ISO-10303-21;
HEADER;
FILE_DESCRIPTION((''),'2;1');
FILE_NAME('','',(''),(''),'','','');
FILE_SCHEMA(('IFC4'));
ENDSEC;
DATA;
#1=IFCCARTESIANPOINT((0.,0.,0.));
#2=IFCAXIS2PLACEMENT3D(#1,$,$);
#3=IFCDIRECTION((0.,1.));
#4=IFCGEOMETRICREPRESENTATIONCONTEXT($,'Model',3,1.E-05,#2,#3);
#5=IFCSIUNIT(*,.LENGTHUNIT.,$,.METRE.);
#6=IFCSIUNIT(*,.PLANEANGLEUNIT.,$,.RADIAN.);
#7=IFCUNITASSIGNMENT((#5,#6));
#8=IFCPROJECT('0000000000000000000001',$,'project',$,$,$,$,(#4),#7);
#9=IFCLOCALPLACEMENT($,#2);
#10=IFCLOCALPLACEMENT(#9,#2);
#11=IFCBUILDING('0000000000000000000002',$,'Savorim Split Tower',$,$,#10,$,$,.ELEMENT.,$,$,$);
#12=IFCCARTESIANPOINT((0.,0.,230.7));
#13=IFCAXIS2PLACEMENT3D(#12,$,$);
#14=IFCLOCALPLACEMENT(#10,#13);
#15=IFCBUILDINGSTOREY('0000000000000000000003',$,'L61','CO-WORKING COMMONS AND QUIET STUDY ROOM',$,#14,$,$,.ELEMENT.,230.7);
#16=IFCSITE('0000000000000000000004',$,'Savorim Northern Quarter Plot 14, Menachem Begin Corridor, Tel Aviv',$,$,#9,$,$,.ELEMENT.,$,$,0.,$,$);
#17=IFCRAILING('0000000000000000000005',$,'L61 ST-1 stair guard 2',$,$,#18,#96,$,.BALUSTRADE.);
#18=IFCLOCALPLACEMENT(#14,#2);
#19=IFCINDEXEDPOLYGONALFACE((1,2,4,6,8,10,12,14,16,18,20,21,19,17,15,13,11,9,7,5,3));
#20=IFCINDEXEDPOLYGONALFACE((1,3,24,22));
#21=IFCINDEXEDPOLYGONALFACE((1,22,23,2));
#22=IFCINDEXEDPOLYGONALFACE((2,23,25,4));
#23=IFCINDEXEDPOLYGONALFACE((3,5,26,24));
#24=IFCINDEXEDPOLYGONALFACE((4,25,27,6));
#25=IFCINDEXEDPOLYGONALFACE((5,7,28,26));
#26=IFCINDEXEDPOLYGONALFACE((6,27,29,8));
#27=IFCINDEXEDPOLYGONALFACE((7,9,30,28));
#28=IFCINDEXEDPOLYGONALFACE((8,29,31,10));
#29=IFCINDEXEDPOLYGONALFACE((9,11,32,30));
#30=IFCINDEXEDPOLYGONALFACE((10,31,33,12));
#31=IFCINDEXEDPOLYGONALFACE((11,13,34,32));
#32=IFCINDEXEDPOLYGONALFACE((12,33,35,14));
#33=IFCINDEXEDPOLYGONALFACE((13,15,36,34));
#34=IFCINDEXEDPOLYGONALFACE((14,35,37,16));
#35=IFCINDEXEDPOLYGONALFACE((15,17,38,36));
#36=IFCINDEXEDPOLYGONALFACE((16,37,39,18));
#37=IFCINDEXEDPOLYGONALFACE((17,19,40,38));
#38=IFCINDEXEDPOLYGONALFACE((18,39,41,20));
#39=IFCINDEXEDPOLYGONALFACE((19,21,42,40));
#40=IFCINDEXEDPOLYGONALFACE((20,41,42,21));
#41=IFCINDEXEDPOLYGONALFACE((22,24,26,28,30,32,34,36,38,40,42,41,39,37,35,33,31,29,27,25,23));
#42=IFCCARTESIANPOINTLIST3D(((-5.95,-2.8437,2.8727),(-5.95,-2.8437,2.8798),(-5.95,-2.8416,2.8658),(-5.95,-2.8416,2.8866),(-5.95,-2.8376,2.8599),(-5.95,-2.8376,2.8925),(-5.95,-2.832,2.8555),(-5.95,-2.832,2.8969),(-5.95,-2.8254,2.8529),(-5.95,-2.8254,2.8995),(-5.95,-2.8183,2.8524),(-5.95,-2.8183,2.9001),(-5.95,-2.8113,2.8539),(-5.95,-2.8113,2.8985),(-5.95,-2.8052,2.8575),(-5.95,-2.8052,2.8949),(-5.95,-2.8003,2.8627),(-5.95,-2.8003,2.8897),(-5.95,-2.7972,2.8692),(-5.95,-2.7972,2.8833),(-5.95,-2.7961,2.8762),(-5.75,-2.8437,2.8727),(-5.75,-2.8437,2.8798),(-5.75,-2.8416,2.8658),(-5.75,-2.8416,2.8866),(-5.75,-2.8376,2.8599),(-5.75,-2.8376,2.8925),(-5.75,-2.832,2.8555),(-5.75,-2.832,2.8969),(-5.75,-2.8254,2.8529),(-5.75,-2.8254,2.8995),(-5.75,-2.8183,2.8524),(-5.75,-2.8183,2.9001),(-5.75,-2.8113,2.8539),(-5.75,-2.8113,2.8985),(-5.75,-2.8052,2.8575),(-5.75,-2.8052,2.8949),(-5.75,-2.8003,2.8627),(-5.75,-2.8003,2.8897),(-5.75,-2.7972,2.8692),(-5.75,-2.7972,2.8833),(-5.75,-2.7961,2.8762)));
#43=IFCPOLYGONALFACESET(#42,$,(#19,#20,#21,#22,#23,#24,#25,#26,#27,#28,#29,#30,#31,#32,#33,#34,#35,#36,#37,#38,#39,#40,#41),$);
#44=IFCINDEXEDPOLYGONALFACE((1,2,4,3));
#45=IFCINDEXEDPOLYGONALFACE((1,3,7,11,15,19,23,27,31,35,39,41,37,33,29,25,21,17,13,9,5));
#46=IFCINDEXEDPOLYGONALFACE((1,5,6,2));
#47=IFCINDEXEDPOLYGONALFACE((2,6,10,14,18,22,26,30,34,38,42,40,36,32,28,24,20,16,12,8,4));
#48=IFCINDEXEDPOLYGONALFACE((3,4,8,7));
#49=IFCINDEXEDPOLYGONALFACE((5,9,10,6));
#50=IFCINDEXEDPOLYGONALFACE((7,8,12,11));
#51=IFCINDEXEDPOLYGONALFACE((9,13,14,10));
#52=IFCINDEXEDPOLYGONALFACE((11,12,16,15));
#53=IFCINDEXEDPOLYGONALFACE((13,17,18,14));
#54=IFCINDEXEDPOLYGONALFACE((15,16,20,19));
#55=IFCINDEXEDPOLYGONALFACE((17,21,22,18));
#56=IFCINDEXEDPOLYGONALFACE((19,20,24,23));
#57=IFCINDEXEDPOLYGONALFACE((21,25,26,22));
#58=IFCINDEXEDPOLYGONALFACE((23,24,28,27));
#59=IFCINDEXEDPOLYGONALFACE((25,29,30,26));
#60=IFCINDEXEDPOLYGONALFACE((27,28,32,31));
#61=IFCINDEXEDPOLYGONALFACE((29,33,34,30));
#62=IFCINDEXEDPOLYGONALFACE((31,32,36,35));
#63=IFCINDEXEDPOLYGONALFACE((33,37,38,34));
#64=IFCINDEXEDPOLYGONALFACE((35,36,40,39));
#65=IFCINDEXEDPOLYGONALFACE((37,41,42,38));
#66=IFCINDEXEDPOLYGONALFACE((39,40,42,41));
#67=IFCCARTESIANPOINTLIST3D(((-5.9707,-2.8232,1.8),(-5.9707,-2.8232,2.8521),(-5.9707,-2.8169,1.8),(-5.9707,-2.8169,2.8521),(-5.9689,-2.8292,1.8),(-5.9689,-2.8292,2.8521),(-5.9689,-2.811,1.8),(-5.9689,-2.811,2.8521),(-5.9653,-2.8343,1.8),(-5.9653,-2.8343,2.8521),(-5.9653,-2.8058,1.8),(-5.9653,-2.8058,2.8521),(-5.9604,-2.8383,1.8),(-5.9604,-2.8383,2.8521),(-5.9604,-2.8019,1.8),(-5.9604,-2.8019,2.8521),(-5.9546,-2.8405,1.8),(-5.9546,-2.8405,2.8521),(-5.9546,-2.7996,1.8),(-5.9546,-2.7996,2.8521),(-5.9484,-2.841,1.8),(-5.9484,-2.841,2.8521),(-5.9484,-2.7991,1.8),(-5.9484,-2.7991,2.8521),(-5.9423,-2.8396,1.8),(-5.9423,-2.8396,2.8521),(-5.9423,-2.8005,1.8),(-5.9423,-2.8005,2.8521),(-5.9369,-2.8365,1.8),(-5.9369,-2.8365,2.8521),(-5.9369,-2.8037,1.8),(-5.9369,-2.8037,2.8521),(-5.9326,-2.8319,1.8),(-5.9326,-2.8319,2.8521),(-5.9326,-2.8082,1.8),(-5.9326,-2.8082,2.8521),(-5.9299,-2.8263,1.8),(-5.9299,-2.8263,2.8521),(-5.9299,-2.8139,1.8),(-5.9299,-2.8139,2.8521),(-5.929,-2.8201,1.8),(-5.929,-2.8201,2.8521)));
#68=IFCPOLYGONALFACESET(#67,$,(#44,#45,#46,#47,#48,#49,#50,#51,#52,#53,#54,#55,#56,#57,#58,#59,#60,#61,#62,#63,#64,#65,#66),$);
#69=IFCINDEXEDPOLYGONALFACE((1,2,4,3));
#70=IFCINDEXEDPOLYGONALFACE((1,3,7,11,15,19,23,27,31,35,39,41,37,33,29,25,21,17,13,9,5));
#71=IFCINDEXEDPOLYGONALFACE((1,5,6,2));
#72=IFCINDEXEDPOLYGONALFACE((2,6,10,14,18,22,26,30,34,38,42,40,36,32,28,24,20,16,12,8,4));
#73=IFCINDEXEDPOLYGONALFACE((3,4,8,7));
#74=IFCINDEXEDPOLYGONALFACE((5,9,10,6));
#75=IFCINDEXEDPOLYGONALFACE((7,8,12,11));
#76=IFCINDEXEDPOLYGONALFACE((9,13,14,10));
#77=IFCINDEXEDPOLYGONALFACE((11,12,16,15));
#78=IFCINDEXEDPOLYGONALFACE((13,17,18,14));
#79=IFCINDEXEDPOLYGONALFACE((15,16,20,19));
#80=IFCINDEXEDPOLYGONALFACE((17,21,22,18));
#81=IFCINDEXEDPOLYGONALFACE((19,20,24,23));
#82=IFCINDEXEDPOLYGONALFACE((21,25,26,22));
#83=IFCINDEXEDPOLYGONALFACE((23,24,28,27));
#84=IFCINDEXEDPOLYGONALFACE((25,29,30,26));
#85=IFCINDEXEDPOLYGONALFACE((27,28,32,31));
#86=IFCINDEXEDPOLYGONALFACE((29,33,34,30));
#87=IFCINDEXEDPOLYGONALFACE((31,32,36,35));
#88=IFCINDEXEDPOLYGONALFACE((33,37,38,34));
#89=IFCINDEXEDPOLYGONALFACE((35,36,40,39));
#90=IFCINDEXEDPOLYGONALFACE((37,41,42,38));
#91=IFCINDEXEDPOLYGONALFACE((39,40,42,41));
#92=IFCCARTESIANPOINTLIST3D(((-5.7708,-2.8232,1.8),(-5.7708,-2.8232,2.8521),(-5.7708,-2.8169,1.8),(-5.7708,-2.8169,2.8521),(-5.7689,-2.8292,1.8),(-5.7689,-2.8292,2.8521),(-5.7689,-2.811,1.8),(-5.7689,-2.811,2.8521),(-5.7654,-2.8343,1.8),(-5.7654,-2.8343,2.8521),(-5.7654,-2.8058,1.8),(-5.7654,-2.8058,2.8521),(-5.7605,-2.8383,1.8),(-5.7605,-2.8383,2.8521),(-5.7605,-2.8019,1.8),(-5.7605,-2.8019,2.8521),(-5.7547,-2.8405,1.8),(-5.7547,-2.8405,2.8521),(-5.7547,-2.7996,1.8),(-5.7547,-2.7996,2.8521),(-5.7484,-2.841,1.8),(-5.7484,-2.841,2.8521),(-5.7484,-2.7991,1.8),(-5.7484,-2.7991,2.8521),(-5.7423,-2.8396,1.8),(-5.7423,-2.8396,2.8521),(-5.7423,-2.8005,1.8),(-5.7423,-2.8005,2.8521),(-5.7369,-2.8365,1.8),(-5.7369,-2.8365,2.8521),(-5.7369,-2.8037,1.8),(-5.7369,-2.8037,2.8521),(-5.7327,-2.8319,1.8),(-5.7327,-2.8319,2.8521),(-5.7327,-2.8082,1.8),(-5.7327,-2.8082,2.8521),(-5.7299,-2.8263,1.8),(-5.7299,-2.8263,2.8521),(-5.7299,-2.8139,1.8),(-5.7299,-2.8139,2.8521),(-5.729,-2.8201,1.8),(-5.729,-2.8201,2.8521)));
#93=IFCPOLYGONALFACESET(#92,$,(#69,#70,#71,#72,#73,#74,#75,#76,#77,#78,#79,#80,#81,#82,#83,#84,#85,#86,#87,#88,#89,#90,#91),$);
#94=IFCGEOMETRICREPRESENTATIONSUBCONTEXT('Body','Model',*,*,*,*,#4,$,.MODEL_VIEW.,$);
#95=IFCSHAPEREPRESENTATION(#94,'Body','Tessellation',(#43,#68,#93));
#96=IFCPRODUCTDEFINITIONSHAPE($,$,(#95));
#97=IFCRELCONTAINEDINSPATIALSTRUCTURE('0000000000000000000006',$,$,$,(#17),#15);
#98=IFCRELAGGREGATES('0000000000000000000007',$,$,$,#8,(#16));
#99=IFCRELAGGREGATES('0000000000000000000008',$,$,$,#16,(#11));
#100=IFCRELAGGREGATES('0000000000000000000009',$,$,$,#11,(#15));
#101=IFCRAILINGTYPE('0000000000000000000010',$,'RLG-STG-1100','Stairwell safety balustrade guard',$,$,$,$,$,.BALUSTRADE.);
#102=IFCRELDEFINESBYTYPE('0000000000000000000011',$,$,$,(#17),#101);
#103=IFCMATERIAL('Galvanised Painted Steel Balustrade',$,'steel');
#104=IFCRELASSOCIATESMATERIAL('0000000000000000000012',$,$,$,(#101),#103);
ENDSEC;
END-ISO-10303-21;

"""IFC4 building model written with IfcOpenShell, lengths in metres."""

from ifc_helpers import new_model, si_unit, direction, frame, origin, origin_2d, place, context, subcontext, project, spatial, circle, extrude, material, type_object, element, save


model = new_model("IFC4")

# Units and contexts
model_context = context("Model", 3, precision=1e-05, world=origin(), true_north=direction((0.0, 1.0)))
body_context = subcontext(model_context, "Body", "Model", "MODEL_VIEW")
ifc_project = project(units=[si_unit("LENGTHUNIT", "METRE"), si_unit("PLANEANGLEUNIT", "RADIAN")], contexts=[model_context])

# Site, building, storey
site_placement = place(None, origin())
site = spatial("IfcSite", under=ifc_project, at=site_placement, Name="Savorim Northern Quarter Plot 14, Menachem Begin Corridor, Tel Aviv", CompositionType="ELEMENT", RefElevation=0.0)
building_placement = place(site_placement, origin())
building = spatial("IfcBuilding", under=site, at=building_placement, Name="Savorim Split Tower", CompositionType="ELEMENT")
storey_placement = place(building_placement, frame((0.0, 0.0, 230.7)))
storey = spatial("IfcBuildingStorey", under=building, at=storey_placement, Name="L61", Description="CO-WORKING COMMONS AND QUIET STUDY ROOM", CompositionType="ELEMENT", Elevation=230.7)

# Railing
ifc_material_1 = material(Name="Galvanised Painted Steel Balustrade", Category="steel")
railing_type_1 = type_object("IfcRailingType", Name="RLG-STG-1100", Description="Stairwell safety balustrade guard", PredefinedType="BALUSTRADE", material=ifc_material_1)
railing_1_placement = place(storey_placement, frame((-5.95, -2.8201, 1.8)))
element("IfcRailing", 1, at=railing_1_placement, inside=storey, type_object=railing_type_1, Name="L61 ST-1 stair guard 2", PredefinedType="BALUSTRADE", context=body_context, shape_type="SweptSolid", body=[
    extrude(circle(Radius=0.0239, at=origin_2d()), frame((0.0, 0.0, 1.0762), z_axis=(1.0, 0.0, 0.0), x_axis=(0.0, 1.0, 0.0)), (0.0, 0.0, 1.0), 0.2),
    extrude(circle(Radius=0.021, at=origin_2d()), origin(), (0.0, 0.0, 1.0), 1.052),
    extrude(circle(Radius=0.021, at=origin_2d()), frame((0.2, 0.0, 0.0)), (0.0, 0.0, 1.0), 1.052),
])

save(model, "model.ifc")
